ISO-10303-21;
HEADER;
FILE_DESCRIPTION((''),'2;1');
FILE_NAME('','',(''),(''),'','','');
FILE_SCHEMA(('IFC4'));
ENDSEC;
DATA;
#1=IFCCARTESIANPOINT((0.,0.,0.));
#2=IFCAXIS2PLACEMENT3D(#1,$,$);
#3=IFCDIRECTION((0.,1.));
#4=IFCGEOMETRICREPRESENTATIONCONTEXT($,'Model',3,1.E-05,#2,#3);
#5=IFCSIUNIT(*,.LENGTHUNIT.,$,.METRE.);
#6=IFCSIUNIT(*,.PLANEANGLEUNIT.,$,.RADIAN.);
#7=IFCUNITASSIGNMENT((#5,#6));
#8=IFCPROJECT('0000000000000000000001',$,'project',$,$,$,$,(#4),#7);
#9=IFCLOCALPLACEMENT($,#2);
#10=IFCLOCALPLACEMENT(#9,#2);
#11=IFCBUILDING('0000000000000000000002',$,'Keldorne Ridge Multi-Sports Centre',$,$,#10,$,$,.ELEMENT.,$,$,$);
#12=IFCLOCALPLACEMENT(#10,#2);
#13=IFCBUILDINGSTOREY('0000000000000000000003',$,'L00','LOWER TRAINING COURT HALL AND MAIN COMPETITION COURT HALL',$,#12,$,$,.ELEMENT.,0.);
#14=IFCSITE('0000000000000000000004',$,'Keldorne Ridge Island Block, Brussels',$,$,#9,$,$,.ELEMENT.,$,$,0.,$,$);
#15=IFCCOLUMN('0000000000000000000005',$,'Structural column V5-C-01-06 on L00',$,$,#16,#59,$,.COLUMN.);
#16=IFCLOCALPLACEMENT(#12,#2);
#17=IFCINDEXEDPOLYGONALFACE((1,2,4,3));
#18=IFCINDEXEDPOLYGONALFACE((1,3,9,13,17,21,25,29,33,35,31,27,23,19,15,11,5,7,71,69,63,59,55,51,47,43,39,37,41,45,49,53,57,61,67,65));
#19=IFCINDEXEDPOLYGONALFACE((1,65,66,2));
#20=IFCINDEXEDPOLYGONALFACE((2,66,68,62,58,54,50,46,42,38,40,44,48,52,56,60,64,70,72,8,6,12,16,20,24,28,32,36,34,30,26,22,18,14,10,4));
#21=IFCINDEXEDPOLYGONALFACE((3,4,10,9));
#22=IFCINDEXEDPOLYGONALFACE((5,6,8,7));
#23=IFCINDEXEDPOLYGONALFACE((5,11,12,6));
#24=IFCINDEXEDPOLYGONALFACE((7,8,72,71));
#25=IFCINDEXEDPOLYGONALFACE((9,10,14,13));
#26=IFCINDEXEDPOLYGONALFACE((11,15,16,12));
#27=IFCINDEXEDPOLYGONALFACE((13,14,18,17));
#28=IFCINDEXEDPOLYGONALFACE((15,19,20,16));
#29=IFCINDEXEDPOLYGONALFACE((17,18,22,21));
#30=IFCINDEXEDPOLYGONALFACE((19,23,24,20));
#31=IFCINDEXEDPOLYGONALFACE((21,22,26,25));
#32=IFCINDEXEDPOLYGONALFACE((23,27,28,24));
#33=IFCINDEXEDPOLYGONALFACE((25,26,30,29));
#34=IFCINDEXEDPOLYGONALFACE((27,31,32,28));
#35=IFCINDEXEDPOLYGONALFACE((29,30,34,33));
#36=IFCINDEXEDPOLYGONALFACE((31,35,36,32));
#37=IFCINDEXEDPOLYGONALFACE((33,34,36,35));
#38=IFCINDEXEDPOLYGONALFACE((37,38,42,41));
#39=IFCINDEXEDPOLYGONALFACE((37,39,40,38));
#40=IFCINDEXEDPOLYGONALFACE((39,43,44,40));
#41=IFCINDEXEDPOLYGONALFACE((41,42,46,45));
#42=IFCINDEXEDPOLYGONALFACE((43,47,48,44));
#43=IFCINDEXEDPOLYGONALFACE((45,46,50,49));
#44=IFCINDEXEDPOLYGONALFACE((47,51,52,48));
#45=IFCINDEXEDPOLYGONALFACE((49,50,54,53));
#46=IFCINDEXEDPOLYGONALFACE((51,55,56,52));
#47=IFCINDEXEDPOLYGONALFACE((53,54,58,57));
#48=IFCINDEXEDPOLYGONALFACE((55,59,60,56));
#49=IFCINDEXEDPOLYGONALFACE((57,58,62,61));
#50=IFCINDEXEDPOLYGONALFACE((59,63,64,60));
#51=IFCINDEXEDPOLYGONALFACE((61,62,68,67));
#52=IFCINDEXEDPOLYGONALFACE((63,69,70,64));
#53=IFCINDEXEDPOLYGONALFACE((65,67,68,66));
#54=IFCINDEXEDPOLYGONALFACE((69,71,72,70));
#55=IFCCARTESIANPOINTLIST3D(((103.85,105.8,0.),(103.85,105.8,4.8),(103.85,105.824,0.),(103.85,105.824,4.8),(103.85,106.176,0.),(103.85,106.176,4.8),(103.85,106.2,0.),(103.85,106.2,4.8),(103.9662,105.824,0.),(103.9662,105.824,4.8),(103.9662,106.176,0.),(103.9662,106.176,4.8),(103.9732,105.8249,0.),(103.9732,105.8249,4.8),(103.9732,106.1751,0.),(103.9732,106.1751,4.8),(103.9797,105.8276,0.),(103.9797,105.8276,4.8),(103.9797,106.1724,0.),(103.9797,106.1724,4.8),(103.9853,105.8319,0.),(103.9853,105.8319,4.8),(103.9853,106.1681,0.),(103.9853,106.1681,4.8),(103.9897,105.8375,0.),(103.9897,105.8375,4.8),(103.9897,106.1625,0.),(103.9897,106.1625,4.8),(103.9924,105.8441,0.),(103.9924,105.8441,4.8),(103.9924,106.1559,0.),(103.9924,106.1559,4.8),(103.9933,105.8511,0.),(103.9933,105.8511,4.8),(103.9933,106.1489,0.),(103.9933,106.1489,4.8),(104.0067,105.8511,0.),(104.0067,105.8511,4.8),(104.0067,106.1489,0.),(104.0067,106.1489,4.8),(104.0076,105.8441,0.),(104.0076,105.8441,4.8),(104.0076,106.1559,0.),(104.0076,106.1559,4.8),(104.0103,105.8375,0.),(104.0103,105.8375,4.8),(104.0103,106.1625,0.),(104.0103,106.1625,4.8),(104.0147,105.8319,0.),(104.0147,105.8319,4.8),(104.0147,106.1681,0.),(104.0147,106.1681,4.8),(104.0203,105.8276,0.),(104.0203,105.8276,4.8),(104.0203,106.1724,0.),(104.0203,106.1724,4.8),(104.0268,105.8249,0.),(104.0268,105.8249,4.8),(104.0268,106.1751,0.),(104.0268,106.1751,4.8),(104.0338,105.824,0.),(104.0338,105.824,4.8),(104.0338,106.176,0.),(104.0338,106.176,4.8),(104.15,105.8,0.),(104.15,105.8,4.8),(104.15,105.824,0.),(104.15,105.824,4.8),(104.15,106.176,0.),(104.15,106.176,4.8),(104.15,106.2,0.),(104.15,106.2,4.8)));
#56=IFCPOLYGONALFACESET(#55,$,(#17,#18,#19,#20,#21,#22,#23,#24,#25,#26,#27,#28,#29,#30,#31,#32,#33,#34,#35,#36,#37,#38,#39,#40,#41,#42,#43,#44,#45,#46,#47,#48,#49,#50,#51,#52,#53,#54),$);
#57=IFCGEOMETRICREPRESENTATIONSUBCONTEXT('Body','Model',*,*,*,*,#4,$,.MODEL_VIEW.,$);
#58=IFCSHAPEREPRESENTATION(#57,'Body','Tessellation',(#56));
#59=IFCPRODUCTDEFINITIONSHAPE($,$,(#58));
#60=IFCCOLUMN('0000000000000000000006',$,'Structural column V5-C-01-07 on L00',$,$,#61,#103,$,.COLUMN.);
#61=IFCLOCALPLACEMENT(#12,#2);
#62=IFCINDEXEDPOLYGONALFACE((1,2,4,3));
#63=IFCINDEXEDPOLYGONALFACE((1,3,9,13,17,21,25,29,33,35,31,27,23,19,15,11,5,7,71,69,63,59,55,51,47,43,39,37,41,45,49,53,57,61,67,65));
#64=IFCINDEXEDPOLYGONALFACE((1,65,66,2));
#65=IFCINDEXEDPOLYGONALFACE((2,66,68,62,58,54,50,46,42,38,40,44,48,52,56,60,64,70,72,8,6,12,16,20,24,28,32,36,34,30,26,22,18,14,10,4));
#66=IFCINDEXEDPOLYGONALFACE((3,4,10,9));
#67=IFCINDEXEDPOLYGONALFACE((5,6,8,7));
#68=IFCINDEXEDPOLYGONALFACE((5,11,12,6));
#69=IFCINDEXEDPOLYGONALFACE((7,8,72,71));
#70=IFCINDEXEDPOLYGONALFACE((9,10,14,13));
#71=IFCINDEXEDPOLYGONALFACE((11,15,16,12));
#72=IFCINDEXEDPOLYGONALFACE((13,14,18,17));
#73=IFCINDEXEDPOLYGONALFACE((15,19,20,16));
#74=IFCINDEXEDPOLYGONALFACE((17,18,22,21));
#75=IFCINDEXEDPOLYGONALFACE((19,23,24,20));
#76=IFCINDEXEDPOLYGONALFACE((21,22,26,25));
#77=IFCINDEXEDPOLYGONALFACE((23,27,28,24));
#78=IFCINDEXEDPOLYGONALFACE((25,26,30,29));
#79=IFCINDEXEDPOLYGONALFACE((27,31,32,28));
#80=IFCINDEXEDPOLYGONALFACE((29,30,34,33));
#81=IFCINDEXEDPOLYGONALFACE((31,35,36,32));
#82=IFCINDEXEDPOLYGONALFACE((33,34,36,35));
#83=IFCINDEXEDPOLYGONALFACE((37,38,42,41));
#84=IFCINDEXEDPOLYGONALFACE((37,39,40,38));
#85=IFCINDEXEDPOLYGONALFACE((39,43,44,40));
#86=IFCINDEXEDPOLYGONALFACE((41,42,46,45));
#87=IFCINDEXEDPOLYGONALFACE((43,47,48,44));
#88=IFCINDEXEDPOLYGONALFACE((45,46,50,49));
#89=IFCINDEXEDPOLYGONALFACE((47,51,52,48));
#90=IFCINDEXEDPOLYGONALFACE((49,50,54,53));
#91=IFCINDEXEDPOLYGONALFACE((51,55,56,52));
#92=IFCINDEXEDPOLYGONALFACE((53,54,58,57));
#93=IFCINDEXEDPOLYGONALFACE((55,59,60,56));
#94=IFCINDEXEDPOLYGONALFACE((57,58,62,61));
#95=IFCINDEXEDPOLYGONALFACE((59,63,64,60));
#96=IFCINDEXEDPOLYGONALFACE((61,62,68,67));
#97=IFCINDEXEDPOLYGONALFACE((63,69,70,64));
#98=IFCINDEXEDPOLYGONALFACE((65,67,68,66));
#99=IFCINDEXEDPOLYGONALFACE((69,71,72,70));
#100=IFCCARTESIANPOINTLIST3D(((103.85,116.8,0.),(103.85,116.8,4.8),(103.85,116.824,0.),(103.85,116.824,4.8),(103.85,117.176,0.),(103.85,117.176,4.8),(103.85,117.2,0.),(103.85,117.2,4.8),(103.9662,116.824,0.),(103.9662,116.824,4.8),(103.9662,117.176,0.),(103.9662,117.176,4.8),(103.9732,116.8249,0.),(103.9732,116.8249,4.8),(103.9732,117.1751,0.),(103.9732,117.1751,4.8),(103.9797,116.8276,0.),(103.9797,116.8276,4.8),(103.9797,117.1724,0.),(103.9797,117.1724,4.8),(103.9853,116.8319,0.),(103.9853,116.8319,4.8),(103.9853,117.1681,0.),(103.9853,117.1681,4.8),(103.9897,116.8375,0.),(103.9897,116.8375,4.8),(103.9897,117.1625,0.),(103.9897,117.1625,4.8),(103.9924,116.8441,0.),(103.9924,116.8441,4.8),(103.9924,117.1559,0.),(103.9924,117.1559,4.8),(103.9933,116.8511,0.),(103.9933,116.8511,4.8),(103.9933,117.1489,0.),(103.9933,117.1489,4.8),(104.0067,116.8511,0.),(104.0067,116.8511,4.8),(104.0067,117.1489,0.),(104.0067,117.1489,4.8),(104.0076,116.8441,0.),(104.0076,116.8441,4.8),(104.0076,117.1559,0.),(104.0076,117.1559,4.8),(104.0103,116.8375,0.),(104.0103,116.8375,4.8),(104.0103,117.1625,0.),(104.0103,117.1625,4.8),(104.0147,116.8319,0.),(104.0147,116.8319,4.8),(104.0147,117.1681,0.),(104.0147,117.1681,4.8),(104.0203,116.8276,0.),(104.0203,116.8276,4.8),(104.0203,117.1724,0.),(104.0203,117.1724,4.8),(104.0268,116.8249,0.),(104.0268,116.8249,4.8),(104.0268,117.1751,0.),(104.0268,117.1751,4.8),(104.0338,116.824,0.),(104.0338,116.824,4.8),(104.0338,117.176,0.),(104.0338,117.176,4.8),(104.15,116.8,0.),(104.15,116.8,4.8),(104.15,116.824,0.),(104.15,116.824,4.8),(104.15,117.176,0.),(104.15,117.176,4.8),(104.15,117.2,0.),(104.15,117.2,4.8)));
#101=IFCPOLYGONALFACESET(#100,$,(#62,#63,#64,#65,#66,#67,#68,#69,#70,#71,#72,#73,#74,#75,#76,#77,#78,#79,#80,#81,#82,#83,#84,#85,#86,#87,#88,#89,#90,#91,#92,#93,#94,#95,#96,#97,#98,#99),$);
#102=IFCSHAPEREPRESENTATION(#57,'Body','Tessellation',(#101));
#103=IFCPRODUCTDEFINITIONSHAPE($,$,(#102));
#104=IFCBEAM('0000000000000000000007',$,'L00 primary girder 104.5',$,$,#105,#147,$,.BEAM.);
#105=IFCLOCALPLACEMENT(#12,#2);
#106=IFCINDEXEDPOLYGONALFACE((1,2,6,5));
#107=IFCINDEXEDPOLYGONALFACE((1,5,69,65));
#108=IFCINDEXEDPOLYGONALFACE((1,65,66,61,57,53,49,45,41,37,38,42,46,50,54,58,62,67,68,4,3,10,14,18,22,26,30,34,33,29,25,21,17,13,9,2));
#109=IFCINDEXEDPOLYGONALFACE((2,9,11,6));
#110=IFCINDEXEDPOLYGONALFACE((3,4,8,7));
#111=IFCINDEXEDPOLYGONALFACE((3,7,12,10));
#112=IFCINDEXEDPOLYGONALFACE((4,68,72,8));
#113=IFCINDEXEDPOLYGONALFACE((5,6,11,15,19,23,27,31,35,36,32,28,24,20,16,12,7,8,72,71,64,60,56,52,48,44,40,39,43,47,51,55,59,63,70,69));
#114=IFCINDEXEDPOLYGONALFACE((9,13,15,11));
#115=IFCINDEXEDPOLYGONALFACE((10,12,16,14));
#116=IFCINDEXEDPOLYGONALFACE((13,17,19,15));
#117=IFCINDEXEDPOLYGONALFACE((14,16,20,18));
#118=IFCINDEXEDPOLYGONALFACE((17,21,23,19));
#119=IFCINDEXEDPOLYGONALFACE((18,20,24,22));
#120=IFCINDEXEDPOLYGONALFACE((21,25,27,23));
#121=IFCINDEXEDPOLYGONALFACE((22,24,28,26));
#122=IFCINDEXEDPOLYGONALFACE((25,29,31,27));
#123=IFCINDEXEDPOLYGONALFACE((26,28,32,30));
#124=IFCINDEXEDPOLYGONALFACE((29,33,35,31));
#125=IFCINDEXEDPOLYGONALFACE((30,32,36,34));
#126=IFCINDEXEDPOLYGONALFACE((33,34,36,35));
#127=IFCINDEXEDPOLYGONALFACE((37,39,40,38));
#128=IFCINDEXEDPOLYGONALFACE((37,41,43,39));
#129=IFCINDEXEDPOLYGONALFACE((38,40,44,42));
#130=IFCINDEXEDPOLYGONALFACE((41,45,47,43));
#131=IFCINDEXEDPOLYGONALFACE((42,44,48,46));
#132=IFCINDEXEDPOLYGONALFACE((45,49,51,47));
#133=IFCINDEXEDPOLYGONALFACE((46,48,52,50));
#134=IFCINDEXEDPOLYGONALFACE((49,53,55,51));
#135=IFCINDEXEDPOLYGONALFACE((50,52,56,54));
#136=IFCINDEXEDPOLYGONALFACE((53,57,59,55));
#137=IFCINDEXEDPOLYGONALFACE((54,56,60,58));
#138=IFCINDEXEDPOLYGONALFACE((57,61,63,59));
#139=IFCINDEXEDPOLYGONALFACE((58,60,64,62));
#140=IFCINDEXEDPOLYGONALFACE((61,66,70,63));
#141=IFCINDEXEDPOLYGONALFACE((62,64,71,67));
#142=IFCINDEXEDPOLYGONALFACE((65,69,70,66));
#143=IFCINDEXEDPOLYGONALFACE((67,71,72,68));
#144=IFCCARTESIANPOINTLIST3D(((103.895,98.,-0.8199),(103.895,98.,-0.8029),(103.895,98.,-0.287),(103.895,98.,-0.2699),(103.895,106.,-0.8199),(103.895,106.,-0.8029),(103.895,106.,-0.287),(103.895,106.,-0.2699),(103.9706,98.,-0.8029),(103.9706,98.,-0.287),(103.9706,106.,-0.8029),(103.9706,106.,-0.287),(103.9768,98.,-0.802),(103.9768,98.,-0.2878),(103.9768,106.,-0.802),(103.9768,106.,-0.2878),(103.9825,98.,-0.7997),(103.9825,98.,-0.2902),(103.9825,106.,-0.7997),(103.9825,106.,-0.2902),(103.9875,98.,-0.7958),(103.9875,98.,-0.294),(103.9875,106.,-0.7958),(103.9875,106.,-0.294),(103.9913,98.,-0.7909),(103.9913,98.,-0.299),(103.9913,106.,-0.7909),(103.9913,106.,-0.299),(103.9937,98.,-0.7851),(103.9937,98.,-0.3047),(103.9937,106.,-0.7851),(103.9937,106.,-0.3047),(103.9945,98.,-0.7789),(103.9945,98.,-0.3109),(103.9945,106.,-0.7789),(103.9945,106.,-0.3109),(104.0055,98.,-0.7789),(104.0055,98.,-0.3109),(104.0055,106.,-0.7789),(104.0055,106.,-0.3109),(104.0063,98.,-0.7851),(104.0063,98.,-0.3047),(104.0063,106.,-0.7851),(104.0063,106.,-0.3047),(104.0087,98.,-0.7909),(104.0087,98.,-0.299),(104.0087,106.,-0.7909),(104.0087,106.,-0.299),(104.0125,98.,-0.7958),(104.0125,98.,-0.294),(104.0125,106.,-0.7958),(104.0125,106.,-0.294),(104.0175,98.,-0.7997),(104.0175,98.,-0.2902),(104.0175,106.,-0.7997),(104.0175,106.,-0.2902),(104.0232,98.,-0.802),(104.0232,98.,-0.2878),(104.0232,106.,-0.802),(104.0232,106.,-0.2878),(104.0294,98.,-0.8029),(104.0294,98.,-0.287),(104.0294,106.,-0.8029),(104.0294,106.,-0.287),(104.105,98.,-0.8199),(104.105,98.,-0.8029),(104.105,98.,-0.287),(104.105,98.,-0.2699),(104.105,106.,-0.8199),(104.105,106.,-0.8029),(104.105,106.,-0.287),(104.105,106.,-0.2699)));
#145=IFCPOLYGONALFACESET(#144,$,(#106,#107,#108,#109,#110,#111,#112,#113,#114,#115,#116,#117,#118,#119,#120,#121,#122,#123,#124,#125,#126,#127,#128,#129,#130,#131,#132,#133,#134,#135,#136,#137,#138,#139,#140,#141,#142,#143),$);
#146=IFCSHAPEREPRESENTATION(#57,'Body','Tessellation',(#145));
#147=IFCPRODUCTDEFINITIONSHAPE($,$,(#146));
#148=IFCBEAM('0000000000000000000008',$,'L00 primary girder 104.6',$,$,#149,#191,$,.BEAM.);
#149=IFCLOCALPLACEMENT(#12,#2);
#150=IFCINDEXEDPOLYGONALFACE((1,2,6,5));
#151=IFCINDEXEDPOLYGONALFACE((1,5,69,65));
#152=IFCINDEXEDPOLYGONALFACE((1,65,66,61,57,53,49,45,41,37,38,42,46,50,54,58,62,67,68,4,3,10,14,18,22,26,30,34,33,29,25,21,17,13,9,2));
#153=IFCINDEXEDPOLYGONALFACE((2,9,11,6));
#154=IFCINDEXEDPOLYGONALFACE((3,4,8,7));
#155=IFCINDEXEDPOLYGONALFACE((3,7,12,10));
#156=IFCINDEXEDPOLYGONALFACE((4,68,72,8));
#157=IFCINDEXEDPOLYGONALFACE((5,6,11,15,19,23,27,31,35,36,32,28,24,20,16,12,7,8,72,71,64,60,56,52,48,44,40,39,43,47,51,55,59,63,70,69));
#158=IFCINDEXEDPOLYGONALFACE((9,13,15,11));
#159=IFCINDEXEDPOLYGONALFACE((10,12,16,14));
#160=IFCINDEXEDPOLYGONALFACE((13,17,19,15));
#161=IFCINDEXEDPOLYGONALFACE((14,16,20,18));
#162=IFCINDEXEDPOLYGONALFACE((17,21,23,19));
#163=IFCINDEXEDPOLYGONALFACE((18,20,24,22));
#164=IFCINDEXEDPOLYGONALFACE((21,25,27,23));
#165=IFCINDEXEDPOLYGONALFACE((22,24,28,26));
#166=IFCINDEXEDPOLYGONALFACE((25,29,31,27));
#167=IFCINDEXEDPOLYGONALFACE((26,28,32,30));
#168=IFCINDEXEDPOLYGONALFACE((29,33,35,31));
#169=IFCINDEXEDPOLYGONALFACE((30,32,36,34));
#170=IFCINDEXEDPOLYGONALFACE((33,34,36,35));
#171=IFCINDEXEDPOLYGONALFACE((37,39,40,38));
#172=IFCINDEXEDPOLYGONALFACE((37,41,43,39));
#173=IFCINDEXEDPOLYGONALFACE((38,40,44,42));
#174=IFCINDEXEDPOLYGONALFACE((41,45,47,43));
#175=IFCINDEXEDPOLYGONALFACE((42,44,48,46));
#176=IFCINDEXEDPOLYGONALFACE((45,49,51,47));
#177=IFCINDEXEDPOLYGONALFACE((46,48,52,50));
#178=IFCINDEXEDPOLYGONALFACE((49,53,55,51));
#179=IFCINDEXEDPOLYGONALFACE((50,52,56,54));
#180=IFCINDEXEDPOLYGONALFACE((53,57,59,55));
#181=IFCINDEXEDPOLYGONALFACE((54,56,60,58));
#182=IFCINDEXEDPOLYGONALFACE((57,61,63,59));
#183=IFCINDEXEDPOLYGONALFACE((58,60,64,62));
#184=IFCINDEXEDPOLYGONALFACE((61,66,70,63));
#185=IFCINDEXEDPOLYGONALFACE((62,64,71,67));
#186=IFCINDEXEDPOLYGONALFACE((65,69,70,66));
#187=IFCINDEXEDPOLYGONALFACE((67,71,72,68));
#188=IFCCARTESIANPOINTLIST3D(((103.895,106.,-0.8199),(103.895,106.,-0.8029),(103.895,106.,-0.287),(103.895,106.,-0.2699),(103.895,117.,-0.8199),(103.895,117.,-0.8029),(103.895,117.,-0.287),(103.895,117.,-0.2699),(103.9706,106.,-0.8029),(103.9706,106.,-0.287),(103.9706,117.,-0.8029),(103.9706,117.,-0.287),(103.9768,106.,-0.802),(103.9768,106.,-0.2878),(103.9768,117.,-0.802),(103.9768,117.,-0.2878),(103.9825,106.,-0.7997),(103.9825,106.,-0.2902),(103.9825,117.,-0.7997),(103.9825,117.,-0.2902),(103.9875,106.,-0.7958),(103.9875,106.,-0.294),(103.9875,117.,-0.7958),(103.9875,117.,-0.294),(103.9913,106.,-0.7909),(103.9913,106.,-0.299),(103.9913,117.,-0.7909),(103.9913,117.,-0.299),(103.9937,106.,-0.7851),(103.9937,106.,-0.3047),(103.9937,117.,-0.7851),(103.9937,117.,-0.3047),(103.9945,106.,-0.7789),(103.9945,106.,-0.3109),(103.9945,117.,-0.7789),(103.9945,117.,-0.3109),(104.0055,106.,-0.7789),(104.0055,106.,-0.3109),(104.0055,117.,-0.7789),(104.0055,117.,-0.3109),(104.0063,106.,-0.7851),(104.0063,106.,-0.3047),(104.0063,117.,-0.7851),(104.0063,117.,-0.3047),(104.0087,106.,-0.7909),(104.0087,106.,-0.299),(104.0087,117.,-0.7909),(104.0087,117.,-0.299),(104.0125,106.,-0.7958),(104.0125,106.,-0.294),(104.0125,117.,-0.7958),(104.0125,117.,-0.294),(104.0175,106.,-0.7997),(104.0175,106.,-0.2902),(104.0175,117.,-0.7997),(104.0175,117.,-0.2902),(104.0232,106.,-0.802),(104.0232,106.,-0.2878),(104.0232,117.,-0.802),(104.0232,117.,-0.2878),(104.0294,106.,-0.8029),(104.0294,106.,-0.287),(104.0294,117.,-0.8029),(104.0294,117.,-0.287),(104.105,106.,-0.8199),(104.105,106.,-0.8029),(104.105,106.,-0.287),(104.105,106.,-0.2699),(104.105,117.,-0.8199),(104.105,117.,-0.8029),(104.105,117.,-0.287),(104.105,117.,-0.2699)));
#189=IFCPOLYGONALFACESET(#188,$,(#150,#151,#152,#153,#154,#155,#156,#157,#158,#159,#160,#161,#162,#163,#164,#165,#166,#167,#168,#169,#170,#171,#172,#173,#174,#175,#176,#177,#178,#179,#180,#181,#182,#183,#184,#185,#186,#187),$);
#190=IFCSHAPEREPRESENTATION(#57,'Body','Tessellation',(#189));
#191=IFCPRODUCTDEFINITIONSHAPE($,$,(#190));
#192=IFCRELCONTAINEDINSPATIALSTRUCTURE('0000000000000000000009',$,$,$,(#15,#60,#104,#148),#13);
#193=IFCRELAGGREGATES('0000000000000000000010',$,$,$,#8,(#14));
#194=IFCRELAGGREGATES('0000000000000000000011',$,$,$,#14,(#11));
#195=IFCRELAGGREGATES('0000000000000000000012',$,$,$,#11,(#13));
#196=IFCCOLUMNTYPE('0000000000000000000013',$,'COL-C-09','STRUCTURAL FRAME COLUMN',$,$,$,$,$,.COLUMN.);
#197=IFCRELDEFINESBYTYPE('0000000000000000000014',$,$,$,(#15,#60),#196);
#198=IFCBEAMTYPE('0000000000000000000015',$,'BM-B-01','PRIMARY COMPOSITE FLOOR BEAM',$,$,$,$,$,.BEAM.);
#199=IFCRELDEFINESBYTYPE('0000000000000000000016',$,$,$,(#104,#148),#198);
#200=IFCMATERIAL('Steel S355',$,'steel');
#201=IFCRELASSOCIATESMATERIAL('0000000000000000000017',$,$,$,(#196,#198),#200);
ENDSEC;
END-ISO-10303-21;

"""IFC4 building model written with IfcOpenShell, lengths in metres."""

from ifc_helpers import new_model, si_unit, direction, frame, origin, origin_2d, place, context, subcontext, project, spatial, i_section, extrude, material, material_profile, profile_set, type_object, element, save


model = new_model("IFC4")

# Units and contexts
model_context = context("Model", 3, precision=1e-05, world=origin(), true_north=direction((0.0, 1.0)))
body_context = subcontext(model_context, "Body", "Model", "MODEL_VIEW")
ifc_project = project(units=[si_unit("LENGTHUNIT", "METRE"), si_unit("PLANEANGLEUNIT", "RADIAN")], contexts=[model_context])

# Site, building, storey
site_placement = place(None, origin())
site = spatial("IfcSite", under=ifc_project, at=site_placement, Name="Keldorne Ridge Island Block, Brussels", CompositionType="ELEMENT", RefElevation=0.0)
building_placement = place(site_placement, origin())
building = spatial("IfcBuilding", under=site, at=building_placement, Name="Keldorne Ridge Multi-Sports Centre", CompositionType="ELEMENT")
storey_placement = place(building_placement, origin())
storey = spatial("IfcBuildingStorey", under=building, at=storey_placement, Name="L00", Description="LOWER TRAINING COURT HALL AND MAIN COMPETITION COURT HALL", CompositionType="ELEMENT", Elevation=0.0)

# Columns
ifc_material_1 = material(Name="Steel S355", Category="steel")
ifc_material_profile_1 = material_profile(ifc_material_1, i_section(OverallWidth=0.3, OverallDepth=0.3999, WebThickness=0.0134, FlangeThickness=0.0239, FilletRadius=0.0271, at=origin_2d()), Name="HEB 400")
ifc_profile_set_1 = profile_set([ifc_material_profile_1], Name="Steel S355")
column_type_1 = type_object("IfcColumnType", Name="COL-C-09", Description="STRUCTURAL FRAME COLUMN", PredefinedType="COLUMN", material=ifc_profile_set_1)
for number, where, z_axis, x_axis, name in (
    (1, (104.0, 106.0, 0.0), (0.0, 0.0, 1.0), (1.0, 0.0, 0.0), "Structural column V5-C-01-06 on L00"),
    (2, (104.0, 117.0, 0.0), (0.0, 0.0, 1.0), (1.0, 0.0, 0.0), "Structural column V5-C-01-07 on L00"),
):
    element("IfcColumn", number, at=place(storey_placement, frame(where, z_axis=z_axis, x_axis=x_axis)), inside=storey, type_object=column_type_1, Name=name, PredefinedType="COLUMN", context=body_context, shape_type="SweptSolid", body=[
        extrude(i_section(OverallWidth=0.3, OverallDepth=0.3999, WebThickness=0.0134, FlangeThickness=0.0239, FilletRadius=0.0271, at=origin_2d()), origin(), (0.0, 0.0, 1.0), 4.8),
    ])

# Beams
ifc_material_profile_2 = material_profile(ifc_material_1, i_section(OverallWidth=0.21, OverallDepth=0.55, WebThickness=0.011, FlangeThickness=0.0171, FilletRadius=0.0239, at=origin_2d()), Name="IPE 550")
ifc_profile_set_2 = profile_set([ifc_material_profile_2], Name="Steel S355")
beam_type_1 = type_object("IfcBeamType", Name="BM-B-01", Description="PRIMARY COMPOSITE FLOOR BEAM", PredefinedType="BEAM", material=ifc_profile_set_2)
beam_1_placement = place(storey_placement, frame((104.0, 98.0, -0.5449), z_axis=(0.0, 1.0, 0.0), x_axis=(-1.0, 0.0, 0.0)))
element("IfcBeam", 3, at=beam_1_placement, inside=storey, type_object=beam_type_1, Name="L00 primary girder 104.5", PredefinedType="BEAM", context=body_context, shape_type="SweptSolid", body=[
    extrude(i_section(OverallWidth=0.21, OverallDepth=0.55, WebThickness=0.011, FlangeThickness=0.0171, FilletRadius=0.0239, at=origin_2d()), origin(), (0.0, 0.0, 1.0), 8.0),
])
beam_2_placement = place(storey_placement, frame((104.0, 106.0, -0.5449), z_axis=(0.0, 1.0, 0.0), x_axis=(-1.0, 0.0, 0.0)))
element("IfcBeam", 4, at=beam_2_placement, inside=storey, type_object=beam_type_1, Name="L00 primary girder 104.6", PredefinedType="BEAM", context=body_context, shape_type="SweptSolid", body=[
    extrude(i_section(OverallWidth=0.21, OverallDepth=0.55, WebThickness=0.011, FlangeThickness=0.0171, FilletRadius=0.0239, at=origin_2d()), origin(), (0.0, 0.0, 1.0), 11.0),
])

save(model, "model.ifc")
